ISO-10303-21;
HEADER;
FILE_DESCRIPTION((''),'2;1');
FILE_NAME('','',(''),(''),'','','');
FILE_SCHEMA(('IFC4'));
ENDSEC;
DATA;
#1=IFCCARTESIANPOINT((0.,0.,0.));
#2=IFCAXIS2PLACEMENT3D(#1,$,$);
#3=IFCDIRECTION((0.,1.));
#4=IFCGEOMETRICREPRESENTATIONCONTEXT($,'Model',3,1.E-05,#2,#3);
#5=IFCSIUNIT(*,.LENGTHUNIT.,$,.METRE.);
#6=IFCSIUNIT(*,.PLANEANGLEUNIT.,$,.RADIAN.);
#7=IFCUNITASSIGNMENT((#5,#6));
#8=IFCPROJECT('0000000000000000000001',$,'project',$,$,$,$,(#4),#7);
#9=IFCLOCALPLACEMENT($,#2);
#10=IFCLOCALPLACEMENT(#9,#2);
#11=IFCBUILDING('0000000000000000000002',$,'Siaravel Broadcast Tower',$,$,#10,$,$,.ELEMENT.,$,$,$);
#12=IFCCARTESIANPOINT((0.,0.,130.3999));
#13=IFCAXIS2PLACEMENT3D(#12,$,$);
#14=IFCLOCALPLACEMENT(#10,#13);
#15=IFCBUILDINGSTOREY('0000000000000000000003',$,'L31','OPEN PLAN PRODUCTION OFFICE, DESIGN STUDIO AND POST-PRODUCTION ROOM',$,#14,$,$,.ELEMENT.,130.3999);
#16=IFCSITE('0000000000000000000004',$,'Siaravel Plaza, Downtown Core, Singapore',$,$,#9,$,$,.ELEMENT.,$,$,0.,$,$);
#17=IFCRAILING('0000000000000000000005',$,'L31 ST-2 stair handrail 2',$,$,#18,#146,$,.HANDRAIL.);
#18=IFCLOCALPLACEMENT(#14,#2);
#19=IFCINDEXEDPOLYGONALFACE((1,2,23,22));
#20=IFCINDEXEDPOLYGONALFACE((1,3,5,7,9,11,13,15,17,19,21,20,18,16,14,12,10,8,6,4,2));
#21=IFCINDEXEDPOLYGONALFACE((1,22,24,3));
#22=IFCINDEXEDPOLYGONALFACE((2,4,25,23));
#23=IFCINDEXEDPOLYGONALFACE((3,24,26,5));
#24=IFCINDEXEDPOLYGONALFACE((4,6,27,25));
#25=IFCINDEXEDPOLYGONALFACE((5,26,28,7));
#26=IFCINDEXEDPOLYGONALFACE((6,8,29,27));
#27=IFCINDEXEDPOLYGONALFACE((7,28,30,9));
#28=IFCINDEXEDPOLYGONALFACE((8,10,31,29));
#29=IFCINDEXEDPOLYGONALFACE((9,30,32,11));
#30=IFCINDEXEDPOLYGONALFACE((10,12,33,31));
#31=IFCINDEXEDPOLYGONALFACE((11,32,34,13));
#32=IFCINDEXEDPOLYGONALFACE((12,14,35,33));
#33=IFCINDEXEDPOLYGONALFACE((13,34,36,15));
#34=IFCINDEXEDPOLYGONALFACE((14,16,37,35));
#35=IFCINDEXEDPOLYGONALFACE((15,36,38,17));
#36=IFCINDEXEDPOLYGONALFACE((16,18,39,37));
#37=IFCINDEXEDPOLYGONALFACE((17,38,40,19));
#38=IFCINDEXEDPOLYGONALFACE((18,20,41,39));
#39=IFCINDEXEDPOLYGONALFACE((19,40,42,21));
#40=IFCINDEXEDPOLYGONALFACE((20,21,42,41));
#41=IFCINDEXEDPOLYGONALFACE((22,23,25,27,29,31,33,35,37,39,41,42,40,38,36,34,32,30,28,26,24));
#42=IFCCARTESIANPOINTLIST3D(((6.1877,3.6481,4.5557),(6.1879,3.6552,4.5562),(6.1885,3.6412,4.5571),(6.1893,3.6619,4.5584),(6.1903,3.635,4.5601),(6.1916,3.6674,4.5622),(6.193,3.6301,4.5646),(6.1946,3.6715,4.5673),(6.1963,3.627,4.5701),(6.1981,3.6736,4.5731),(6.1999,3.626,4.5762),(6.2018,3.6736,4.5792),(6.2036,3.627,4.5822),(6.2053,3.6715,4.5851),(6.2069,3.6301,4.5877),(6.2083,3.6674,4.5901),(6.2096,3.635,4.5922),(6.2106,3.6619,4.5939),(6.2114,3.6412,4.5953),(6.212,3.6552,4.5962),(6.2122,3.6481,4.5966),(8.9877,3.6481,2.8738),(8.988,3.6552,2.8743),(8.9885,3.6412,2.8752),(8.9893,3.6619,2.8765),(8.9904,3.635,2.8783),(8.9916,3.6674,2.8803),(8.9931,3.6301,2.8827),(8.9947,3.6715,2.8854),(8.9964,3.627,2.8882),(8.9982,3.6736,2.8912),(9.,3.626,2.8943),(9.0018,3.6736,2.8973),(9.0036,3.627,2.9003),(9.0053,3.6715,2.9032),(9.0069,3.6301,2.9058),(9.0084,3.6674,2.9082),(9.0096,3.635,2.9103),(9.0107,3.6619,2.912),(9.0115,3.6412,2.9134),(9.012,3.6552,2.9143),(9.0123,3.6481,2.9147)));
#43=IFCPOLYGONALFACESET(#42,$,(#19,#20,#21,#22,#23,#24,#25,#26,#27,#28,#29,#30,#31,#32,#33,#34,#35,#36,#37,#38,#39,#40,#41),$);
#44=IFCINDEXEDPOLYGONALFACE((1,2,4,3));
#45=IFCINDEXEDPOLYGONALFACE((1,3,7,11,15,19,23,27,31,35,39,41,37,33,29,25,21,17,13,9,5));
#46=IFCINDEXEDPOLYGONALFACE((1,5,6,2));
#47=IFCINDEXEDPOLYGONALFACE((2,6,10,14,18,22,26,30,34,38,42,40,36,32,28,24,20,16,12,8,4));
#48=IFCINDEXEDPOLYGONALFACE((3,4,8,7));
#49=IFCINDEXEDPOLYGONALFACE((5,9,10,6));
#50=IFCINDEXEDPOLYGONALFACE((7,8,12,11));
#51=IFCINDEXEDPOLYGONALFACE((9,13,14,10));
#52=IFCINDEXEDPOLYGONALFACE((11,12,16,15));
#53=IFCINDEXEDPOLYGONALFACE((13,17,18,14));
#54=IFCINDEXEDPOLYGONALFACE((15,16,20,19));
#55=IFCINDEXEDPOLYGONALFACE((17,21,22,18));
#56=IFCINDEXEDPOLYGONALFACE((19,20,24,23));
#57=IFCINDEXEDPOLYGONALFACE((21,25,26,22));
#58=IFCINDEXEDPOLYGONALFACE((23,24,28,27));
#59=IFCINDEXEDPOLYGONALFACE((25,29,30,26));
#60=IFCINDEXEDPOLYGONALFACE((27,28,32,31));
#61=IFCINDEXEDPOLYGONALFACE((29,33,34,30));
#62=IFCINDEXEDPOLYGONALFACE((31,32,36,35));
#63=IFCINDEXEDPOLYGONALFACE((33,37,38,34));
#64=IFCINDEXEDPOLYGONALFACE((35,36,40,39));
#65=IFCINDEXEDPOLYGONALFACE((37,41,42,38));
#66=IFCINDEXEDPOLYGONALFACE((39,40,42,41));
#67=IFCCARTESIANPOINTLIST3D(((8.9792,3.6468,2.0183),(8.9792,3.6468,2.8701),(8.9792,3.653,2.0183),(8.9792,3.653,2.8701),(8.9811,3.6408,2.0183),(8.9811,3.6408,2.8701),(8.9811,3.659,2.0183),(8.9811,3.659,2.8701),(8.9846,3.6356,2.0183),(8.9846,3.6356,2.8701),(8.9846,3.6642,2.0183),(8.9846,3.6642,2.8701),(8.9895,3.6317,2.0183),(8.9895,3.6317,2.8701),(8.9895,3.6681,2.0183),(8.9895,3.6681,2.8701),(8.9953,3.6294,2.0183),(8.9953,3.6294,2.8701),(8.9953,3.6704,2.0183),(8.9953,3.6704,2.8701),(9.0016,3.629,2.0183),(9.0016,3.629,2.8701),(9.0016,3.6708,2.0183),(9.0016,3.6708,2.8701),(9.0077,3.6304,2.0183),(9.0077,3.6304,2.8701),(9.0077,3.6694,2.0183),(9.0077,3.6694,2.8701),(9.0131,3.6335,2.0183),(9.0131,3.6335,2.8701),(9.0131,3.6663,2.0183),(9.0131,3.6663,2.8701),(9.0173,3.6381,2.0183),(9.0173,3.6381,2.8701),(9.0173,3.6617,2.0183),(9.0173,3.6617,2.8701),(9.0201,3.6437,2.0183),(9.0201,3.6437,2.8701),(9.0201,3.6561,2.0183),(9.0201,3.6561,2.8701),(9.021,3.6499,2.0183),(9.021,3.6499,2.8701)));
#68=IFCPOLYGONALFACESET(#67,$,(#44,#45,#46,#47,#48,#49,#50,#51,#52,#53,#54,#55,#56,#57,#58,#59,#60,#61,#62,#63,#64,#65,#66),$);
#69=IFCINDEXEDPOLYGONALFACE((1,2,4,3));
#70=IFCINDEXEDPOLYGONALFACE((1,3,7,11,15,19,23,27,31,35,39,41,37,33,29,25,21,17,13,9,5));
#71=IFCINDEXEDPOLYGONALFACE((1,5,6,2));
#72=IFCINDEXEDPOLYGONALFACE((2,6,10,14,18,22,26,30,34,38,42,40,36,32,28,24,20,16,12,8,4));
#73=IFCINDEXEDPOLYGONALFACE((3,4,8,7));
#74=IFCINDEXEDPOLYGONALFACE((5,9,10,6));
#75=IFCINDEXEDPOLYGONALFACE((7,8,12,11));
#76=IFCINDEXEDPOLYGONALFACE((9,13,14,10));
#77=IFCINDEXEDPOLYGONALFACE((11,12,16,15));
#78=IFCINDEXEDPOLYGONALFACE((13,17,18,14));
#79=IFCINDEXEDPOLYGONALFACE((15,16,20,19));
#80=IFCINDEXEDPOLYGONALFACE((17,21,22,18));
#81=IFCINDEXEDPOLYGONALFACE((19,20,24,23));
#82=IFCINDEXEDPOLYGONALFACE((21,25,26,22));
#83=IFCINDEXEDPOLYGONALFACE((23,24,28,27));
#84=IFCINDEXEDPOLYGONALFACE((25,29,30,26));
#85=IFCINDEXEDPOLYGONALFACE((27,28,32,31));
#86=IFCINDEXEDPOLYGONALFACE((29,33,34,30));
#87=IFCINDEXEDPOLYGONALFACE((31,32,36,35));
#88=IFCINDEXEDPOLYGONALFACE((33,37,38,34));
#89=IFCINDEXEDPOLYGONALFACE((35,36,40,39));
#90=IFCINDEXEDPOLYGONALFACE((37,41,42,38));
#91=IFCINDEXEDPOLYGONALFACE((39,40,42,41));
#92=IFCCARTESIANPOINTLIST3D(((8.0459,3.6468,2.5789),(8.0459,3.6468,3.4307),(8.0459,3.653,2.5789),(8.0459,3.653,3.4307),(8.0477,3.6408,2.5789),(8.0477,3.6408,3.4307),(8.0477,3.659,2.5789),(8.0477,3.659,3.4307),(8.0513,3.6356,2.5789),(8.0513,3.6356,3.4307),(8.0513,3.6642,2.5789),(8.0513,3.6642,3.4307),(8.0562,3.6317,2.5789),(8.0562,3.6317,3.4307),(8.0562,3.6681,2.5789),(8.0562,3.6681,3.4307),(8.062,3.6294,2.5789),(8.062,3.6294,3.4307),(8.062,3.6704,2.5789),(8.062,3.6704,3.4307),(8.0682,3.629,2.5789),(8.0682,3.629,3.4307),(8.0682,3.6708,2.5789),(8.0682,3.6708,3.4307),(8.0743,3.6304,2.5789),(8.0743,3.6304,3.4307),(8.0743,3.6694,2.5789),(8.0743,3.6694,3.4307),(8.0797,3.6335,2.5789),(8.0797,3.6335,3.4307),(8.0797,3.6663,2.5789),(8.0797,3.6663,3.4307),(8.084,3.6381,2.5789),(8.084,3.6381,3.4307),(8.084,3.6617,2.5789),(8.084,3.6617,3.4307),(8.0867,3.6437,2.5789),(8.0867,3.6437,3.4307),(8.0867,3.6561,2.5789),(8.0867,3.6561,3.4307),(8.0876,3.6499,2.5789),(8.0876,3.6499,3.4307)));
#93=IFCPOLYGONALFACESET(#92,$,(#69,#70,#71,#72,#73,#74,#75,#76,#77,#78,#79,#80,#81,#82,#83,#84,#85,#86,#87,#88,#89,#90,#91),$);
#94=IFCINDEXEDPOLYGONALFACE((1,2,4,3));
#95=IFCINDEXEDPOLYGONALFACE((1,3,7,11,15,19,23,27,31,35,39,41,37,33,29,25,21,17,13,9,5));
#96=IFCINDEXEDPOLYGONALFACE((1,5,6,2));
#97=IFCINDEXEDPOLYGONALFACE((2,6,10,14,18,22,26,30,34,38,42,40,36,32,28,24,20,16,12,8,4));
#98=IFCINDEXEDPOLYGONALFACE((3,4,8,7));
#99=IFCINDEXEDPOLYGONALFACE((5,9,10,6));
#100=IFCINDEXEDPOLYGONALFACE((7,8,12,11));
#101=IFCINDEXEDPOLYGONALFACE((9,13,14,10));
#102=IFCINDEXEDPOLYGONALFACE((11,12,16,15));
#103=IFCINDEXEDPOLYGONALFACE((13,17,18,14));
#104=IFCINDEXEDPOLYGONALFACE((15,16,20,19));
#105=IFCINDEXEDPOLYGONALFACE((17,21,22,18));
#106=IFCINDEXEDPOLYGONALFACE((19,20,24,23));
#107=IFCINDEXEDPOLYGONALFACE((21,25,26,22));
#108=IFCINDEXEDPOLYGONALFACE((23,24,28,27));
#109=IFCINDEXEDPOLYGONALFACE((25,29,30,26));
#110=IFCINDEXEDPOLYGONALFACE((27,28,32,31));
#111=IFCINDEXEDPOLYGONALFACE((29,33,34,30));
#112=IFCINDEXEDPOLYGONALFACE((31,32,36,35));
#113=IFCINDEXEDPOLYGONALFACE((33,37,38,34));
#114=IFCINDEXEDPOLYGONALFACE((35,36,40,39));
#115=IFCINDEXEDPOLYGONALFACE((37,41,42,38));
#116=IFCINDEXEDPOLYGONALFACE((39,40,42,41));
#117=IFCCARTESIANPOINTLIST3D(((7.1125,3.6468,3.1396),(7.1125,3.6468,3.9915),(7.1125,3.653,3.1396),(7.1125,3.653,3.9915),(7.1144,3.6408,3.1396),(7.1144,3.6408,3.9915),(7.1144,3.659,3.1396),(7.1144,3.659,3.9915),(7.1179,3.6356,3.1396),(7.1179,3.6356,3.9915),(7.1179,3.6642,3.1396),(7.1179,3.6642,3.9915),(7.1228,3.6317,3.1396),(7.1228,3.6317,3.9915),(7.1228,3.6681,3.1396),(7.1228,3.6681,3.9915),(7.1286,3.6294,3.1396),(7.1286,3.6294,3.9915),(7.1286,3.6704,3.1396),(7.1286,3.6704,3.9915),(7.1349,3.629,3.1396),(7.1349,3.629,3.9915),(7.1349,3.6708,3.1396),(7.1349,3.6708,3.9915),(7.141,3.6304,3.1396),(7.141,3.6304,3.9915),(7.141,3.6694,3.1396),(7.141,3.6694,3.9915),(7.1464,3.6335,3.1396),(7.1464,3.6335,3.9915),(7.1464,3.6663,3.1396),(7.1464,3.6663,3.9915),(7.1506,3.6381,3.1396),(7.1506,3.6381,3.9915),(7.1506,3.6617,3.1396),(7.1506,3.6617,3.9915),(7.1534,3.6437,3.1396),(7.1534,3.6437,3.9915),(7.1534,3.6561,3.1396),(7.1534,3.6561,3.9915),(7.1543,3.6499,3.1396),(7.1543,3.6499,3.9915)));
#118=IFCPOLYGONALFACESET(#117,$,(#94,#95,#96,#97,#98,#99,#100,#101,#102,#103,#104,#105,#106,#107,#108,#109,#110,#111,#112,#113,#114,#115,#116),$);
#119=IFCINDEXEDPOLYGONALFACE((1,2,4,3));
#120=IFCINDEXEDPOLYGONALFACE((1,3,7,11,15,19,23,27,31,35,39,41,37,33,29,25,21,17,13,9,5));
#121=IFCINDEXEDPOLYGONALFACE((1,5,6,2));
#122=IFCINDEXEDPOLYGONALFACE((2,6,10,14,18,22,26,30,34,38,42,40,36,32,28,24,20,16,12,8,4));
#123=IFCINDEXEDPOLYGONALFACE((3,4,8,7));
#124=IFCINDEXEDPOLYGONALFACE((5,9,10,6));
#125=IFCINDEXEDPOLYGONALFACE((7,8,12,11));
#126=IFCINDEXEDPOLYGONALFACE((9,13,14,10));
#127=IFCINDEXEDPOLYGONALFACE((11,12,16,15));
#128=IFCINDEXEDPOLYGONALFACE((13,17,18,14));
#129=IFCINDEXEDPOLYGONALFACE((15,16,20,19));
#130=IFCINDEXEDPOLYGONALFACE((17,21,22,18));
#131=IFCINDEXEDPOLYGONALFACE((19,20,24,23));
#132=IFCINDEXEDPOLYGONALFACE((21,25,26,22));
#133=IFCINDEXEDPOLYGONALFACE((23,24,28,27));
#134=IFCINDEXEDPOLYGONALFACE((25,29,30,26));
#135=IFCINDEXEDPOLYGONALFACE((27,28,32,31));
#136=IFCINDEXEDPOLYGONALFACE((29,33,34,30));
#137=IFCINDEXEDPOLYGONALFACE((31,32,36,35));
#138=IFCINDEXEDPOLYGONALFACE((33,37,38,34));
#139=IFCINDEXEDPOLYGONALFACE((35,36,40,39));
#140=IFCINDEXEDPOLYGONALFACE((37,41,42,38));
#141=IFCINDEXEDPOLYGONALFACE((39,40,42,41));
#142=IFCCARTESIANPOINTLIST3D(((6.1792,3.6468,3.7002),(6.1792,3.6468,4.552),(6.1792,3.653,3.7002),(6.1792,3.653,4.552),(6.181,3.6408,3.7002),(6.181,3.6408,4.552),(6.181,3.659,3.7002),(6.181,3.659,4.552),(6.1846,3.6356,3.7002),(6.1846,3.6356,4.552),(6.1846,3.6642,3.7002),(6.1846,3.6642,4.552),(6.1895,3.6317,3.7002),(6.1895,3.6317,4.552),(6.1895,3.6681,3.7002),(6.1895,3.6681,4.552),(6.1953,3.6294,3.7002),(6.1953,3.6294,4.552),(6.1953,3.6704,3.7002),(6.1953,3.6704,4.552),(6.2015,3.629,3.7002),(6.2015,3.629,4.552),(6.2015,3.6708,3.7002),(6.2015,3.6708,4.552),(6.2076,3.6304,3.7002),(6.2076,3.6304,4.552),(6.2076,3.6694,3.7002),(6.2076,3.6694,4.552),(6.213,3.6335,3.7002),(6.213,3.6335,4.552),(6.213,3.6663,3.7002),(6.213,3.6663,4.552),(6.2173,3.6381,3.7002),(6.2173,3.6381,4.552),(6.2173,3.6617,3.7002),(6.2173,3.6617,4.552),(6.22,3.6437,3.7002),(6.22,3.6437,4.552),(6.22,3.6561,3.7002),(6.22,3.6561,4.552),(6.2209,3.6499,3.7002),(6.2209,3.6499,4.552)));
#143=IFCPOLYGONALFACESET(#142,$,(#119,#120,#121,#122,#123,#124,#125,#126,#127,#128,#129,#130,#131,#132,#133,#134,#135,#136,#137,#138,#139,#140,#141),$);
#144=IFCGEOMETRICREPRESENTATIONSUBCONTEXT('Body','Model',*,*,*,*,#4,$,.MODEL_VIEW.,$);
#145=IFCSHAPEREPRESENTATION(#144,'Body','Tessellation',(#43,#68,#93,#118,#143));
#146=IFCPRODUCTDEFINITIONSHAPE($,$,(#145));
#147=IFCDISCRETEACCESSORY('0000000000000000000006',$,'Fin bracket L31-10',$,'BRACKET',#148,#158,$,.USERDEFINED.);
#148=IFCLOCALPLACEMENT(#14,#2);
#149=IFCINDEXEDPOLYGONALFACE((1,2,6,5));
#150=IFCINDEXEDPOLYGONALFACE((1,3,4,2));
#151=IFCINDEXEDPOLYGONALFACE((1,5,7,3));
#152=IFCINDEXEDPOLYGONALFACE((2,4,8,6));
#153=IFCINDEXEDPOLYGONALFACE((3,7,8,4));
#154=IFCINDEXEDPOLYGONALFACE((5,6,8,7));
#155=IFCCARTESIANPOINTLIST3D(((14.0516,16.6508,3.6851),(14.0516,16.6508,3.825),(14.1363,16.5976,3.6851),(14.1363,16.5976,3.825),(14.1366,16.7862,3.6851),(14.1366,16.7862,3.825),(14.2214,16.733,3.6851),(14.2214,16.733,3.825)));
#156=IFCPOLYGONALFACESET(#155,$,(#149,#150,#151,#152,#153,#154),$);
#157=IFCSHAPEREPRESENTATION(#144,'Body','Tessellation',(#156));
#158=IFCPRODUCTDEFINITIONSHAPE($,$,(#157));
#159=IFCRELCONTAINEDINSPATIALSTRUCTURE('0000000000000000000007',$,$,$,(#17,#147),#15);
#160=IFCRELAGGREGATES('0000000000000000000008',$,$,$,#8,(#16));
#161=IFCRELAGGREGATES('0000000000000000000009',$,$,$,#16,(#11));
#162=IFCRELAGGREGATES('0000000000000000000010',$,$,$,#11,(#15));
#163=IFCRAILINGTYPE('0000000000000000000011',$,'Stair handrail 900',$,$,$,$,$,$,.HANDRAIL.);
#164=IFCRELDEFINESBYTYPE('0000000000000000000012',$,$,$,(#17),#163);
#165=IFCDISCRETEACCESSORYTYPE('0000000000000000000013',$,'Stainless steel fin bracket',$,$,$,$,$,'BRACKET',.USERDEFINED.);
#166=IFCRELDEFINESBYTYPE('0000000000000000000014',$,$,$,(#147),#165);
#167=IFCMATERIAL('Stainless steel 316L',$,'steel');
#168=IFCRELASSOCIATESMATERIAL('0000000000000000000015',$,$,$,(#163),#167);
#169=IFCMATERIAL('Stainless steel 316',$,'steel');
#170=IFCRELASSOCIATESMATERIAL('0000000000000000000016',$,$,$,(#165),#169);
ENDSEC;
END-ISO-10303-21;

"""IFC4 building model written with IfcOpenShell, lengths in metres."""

from ifc_helpers import new_model, si_unit, direction, frame, origin, origin_2d, place, context, subcontext, project, spatial, rectangle, circle, extrude, material, type_object, element, save


model = new_model("IFC4")

# Units and contexts
model_context = context("Model", 3, precision=1e-05, world=origin(), true_north=direction((0.0, 1.0)))
body_context = subcontext(model_context, "Body", "Model", "MODEL_VIEW")
ifc_project = project(units=[si_unit("LENGTHUNIT", "METRE"), si_unit("PLANEANGLEUNIT", "RADIAN")], contexts=[model_context])

# Site, building, storey
site_placement = place(None, origin())
site = spatial("IfcSite", under=ifc_project, at=site_placement, Name="Siaravel Plaza, Downtown Core, Singapore", CompositionType="ELEMENT", RefElevation=0.0)
building_placement = place(site_placement, origin())
building = spatial("IfcBuilding", under=site, at=building_placement, Name="Siaravel Broadcast Tower", CompositionType="ELEMENT")
storey_placement = place(building_placement, frame((0.0, 0.0, 130.3999)))
storey = spatial("IfcBuildingStorey", under=building, at=storey_placement, Name="L31", Description="OPEN PLAN PRODUCTION OFFICE, DESIGN STUDIO AND POST-PRODUCTION ROOM", CompositionType="ELEMENT", Elevation=130.3999)

# Railing
ifc_material_1 = material(Name="Stainless steel 316L", Category="steel")
railing_type_1 = type_object("IfcRailingType", Name="Stair handrail 900", PredefinedType="HANDRAIL", material=ifc_material_1)
railing_1_placement = place(storey_placement, frame((9.0, 3.6499, 2.0183)))
element("IfcRailing", 1, at=railing_1_placement, inside=storey, type_object=railing_type_1, Name="L31 ST-2 stair handrail 2", PredefinedType="HANDRAIL", context=body_context, shape_type="SweptSolid", body=[
    extrude(circle(Radius=0.0239, at=origin_2d()), frame((0.0, 0.0, 0.876), z_axis=(-0.857242, 0.0, 0.514913), x_axis=(0.0, -1.0, 0.0)), (0.0, 0.0, 1.0), 3.2664),
    extrude(circle(Radius=0.021, at=origin_2d()), origin(), (0.0, 0.0, 1.0), 0.8518),
    extrude(circle(Radius=0.021, at=origin_2d()), frame((-0.9333, 0.0, 0.5605)), (0.0, 0.0, 1.0), 0.8518),
    extrude(circle(Radius=0.021, at=origin_2d()), frame((-1.8667, 0.0, 1.1213)), (0.0, 0.0, 1.0), 0.8518),
    extrude(circle(Radius=0.021, at=origin_2d()), frame((-2.8, 0.0, 1.6819)), (0.0, 0.0, 1.0), 0.8518),
])

# Discrete accessory
ifc_material_2 = material(Name="Stainless steel 316", Category="steel")
discrete_accessory_type = type_object("IfcDiscreteAccessoryType", Name="Stainless steel fin bracket", ElementType="BRACKET", PredefinedType="USERDEFINED", material=ifc_material_2)
discrete_accessory_placement = place(storey_placement, frame((14.1365, 16.6919, 3.6851), z_axis=(0.0, 0.0, 1.0), x_axis=(0.532151, 0.84665, 0.0)))
element("IfcDiscreteAccessory", 2, at=discrete_accessory_placement, inside=storey, type_object=discrete_accessory_type, Name="Fin bracket L31-10", ObjectType="BRACKET", PredefinedType="USERDEFINED", context=body_context, shape_type="SweptSolid", body=[
    extrude(rectangle(XDim=0.1599, YDim=0.1001, at=origin_2d()), origin(), (0.0, 0.0, 1.0), 0.1399),
])

save(model, "model.ifc")
